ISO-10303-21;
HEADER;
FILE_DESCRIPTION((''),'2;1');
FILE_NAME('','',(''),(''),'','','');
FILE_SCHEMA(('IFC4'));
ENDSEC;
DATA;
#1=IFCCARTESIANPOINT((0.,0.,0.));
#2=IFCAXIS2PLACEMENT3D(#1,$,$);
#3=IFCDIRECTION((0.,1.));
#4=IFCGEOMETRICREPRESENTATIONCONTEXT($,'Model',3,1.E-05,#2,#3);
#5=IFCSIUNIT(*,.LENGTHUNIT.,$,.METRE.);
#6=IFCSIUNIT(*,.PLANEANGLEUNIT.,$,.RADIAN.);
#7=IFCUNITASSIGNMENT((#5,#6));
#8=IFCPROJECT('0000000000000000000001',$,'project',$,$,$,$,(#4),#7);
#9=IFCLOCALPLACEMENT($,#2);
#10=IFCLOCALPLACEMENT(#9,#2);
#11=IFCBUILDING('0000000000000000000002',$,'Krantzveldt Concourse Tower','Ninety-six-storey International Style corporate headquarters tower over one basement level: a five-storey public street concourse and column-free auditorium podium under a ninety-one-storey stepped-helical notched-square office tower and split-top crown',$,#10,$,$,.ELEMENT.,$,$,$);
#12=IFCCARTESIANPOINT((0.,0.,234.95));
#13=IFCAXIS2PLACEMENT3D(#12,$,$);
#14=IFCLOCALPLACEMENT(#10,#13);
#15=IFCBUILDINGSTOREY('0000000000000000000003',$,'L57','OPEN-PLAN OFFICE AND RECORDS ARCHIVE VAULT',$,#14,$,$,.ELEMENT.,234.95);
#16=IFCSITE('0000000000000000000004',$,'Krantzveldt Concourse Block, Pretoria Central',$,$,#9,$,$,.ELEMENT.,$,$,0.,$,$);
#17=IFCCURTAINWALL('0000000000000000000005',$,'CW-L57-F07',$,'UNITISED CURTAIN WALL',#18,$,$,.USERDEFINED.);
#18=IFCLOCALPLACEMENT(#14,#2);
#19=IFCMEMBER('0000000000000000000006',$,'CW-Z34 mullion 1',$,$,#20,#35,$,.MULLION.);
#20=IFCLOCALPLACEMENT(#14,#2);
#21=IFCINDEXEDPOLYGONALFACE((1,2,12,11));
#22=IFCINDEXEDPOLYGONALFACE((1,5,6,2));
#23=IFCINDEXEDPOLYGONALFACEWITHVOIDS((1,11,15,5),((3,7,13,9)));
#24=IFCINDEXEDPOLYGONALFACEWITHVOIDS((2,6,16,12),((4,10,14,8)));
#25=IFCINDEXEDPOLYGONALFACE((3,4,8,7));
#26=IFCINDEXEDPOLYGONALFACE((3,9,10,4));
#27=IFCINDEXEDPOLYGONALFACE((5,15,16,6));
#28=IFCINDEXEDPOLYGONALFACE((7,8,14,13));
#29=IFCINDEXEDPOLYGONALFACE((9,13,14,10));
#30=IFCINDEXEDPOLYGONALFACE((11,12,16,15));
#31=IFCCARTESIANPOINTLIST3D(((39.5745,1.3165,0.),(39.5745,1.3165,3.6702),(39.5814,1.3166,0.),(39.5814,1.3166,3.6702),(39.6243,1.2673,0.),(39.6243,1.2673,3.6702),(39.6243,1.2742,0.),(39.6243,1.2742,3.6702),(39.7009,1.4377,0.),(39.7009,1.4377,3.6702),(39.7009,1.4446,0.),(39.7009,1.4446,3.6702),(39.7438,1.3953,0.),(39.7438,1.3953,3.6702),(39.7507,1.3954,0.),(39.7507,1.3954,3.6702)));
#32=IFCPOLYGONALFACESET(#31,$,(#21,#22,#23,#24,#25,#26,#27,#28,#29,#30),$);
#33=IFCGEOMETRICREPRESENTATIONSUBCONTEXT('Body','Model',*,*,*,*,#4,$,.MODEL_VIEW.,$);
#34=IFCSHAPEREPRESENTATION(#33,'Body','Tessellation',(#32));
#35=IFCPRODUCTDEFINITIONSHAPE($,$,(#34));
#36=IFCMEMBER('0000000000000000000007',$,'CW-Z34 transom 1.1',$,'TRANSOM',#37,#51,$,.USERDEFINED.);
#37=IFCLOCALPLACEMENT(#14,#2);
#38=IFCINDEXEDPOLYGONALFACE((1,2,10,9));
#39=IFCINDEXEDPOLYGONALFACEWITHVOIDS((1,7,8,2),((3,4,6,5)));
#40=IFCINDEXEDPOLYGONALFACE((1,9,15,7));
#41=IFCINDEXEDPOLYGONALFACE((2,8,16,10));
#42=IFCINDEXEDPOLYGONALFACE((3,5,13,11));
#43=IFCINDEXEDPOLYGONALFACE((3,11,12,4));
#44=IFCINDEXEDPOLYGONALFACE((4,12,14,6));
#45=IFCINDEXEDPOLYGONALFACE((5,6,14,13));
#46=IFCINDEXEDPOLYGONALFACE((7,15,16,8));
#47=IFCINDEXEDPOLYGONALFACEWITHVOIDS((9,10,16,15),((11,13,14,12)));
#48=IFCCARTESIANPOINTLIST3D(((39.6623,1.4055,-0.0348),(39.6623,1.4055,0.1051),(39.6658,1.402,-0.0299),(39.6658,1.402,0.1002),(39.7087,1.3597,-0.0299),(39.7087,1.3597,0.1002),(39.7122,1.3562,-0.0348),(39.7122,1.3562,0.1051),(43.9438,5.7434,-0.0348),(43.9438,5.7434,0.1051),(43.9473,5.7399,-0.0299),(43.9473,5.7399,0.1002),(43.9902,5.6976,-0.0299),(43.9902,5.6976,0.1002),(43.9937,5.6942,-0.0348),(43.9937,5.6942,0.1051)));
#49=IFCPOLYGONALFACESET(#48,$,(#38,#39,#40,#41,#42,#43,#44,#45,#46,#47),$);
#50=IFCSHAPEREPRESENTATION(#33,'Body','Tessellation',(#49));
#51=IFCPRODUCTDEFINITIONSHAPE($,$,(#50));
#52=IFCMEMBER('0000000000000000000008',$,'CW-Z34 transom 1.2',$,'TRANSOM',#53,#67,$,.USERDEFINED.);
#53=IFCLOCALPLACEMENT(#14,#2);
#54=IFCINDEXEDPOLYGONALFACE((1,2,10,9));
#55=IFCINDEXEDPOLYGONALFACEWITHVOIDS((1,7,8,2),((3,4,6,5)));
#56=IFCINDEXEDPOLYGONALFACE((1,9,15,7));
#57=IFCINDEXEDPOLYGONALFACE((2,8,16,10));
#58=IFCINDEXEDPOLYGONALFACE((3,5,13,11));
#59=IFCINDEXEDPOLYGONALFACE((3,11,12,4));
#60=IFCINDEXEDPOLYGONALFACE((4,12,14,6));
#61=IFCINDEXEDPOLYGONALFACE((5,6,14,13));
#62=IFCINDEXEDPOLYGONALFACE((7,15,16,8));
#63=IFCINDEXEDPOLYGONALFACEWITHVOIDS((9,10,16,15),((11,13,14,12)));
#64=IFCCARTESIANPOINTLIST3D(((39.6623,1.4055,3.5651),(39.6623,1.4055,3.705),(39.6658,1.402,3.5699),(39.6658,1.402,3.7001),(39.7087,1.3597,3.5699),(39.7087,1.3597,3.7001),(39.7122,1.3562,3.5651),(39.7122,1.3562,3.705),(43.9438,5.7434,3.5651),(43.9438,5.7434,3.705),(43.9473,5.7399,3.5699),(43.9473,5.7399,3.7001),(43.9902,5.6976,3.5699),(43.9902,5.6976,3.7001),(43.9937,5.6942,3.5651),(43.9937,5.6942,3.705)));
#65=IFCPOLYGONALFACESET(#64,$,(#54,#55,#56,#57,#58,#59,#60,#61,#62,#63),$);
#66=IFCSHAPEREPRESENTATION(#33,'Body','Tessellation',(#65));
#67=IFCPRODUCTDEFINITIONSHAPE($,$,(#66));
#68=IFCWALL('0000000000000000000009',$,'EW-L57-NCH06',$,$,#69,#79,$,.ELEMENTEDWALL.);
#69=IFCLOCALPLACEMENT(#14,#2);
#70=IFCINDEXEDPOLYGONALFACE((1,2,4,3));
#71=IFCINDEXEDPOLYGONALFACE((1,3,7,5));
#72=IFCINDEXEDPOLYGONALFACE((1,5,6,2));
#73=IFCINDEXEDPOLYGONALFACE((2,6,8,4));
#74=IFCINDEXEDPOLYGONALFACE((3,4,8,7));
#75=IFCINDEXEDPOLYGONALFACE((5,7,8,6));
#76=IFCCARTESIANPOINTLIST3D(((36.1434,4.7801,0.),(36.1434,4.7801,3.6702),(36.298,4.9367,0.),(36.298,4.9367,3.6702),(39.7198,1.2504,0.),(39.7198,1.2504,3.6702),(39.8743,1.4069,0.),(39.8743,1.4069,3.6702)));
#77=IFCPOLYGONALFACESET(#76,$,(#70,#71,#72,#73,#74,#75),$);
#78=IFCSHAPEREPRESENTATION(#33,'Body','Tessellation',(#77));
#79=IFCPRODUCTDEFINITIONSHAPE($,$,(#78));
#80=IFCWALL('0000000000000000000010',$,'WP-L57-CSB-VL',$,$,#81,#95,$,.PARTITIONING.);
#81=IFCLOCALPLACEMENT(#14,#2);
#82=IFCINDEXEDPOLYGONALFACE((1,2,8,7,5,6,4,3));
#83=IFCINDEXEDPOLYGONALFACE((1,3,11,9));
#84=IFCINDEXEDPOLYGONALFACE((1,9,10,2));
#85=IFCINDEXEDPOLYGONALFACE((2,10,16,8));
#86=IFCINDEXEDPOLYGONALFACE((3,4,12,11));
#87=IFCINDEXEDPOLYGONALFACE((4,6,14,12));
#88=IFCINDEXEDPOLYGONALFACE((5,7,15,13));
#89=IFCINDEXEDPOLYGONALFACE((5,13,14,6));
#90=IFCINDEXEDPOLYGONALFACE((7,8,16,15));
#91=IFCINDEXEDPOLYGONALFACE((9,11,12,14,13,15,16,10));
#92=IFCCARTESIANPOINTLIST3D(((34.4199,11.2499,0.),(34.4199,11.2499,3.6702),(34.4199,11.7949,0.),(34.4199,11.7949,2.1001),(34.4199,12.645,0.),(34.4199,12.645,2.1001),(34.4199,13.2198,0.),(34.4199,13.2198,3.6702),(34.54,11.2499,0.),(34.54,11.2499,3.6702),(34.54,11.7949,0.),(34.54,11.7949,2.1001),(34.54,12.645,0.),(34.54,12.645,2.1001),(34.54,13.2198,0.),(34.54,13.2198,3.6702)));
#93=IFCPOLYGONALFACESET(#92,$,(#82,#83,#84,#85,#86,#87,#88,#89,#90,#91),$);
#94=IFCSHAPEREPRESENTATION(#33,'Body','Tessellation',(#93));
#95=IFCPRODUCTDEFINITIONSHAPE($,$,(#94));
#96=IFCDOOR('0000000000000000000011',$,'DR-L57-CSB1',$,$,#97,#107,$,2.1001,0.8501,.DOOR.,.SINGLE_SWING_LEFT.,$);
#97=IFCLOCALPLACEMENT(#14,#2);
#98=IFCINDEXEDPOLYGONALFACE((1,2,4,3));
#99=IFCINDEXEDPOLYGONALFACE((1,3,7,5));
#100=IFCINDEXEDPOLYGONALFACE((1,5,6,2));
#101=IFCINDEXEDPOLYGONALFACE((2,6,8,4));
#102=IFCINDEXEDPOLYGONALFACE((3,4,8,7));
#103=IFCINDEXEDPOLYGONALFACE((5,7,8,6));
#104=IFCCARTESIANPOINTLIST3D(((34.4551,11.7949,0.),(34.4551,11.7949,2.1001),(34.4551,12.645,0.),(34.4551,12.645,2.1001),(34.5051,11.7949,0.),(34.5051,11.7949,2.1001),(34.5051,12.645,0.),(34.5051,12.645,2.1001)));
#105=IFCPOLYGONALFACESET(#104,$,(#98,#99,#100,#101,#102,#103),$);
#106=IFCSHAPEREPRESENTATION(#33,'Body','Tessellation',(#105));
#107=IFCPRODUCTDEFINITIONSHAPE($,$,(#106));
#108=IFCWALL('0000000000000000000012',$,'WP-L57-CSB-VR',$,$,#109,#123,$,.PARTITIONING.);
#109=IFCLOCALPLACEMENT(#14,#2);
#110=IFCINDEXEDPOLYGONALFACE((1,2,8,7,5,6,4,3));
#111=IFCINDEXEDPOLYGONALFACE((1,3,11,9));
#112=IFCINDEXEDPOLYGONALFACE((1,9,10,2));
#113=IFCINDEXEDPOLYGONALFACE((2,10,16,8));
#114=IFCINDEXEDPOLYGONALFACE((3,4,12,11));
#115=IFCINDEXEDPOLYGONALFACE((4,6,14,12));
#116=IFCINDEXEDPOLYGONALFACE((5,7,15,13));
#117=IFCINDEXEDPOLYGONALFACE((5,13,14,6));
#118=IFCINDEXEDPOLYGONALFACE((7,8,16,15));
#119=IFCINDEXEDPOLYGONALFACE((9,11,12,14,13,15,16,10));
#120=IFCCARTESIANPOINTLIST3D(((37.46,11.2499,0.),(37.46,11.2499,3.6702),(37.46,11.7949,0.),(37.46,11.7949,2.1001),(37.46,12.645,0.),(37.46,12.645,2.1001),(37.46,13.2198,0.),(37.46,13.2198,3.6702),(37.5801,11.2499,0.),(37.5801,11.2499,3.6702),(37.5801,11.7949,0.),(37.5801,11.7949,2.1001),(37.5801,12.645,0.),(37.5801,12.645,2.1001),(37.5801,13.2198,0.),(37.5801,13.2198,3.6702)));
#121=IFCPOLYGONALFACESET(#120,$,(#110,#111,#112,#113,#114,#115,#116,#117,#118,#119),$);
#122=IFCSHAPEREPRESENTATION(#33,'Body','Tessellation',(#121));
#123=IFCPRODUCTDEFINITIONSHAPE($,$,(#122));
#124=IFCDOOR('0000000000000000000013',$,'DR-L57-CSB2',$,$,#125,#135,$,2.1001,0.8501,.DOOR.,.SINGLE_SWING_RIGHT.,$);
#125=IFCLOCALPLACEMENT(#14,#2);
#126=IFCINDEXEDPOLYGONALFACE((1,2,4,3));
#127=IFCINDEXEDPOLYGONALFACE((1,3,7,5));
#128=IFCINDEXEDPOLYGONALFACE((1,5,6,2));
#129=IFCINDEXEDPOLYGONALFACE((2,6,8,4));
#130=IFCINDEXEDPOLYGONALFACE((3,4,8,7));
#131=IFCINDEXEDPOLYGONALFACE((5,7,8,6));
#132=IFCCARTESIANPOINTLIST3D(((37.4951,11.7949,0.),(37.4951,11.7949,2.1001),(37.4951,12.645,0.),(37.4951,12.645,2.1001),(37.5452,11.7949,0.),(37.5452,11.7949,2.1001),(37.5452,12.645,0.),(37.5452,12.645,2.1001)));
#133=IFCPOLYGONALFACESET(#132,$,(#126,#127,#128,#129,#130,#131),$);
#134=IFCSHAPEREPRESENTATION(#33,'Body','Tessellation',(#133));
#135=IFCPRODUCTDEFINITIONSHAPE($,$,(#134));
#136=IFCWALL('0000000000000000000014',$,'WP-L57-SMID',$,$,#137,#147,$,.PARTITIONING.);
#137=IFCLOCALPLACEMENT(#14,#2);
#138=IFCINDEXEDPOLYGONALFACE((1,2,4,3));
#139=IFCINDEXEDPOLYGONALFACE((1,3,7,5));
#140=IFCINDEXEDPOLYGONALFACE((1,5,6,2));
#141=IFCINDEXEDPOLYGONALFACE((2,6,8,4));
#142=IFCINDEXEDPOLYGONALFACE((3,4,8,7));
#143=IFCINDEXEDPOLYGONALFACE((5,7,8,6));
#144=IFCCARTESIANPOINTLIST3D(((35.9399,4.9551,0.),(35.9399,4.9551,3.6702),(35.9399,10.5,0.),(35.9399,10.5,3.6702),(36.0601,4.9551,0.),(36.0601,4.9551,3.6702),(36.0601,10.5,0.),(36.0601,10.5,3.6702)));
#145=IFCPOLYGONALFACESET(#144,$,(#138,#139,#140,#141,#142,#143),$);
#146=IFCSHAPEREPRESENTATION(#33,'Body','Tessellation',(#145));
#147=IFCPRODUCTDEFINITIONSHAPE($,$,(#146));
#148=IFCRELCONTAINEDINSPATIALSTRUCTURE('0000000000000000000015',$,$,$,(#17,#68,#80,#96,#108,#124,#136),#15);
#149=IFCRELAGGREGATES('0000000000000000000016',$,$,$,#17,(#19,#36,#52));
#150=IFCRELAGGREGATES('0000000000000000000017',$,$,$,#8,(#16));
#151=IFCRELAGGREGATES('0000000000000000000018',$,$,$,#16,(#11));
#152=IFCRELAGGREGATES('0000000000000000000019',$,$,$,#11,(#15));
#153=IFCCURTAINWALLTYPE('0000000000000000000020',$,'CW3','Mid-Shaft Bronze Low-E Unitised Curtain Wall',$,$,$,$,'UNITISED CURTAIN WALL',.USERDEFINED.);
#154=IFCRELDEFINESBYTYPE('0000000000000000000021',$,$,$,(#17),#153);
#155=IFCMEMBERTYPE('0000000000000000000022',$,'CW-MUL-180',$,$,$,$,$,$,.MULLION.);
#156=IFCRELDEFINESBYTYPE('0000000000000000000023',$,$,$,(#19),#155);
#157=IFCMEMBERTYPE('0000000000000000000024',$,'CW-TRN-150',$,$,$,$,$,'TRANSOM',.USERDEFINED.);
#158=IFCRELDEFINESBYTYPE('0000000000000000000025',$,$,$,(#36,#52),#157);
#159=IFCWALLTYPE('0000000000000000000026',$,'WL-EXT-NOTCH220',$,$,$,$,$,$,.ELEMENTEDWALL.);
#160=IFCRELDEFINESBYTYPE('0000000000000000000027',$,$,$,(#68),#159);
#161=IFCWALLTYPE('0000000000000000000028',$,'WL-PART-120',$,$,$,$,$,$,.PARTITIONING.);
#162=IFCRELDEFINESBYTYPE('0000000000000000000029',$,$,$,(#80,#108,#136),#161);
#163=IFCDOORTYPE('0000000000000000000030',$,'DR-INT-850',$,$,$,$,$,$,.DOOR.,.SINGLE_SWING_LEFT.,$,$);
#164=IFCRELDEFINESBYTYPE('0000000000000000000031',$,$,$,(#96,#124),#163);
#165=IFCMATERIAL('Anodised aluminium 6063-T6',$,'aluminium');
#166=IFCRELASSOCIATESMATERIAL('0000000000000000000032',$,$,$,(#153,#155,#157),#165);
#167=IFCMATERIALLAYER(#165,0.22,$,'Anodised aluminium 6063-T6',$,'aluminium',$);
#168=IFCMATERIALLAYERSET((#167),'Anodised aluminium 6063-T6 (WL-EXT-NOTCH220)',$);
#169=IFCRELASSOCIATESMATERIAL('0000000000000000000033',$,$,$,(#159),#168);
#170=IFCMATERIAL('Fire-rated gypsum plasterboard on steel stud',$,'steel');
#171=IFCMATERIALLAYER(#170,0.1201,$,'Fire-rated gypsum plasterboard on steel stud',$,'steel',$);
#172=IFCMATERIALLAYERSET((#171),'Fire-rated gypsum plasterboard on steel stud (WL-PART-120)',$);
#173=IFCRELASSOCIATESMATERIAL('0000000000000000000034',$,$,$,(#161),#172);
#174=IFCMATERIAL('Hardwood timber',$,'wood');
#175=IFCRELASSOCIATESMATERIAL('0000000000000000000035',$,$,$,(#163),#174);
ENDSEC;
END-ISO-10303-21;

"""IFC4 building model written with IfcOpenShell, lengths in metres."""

from ifc_helpers import new_model, si_unit, direction, frame, frame_2d, origin, origin_2d, place, context, subcontext, project, spatial, rectangle, hollow_rectangle, extrude, source, transform, mapped, material, layer, layer_set, material_profile, profile_set, type_object, type_shapes, element, fill, aggregate, save


model = new_model("IFC4")

# Units and contexts
model_context = context("Model", 3, precision=1e-05, world=origin(), true_north=direction((0.0, 1.0)))
body_context = subcontext(model_context, "Body", "Model", "MODEL_VIEW")
ifc_project = project(units=[si_unit("LENGTHUNIT", "METRE"), si_unit("PLANEANGLEUNIT", "RADIAN")], contexts=[model_context])

# Site, building, storey
site_placement = place(None, origin())
site = spatial("IfcSite", under=ifc_project, at=site_placement, Name="Krantzveldt Concourse Block, Pretoria Central", CompositionType="ELEMENT", RefElevation=0.0)
building_placement = place(site_placement, origin())
building = spatial("IfcBuilding", under=site, at=building_placement, Name="Krantzveldt Concourse Tower", Description="Ninety-six-storey International Style corporate headquarters tower over one basement level: a five-storey public street concourse and column-free auditorium podium under a ninety-one-storey stepped-helical notched-square office tower and split-top crown", CompositionType="ELEMENT")
storey_placement = place(building_placement, frame((0.0, 0.0, 234.95)))
storey = spatial("IfcBuildingStorey", under=building, at=storey_placement, Name="L57", Description="OPEN-PLAN OFFICE AND RECORDS ARCHIVE VAULT", CompositionType="ELEMENT", Elevation=234.95)

# Curtain wall, members
ifc_material_1 = material(Name="Anodised aluminium 6063-T6", Category="aluminium")
curtain_wall_type = type_object("IfcCurtainWallType", Name="CW3", Description="Mid-Shaft Bronze Low-E Unitised Curtain Wall", ElementType="UNITISED CURTAIN WALL", PredefinedType="USERDEFINED", material=ifc_material_1)
curtain_wall_placement = place(storey_placement, origin())
curtain_wall = element("IfcCurtainWall", 1, at=curtain_wall_placement, inside=storey, type_object=curtain_wall_type, Name="CW-L57-F07", ObjectType="UNITISED CURTAIN WALL", PredefinedType="USERDEFINED")
ifc_material_profile_1 = material_profile(ifc_material_1, hollow_rectangle(XDim=0.0701, YDim=0.1799, WallThickness=0.0049, at=origin_2d()), Name="Anodised aluminium 6063-T6", Category="aluminium")
ifc_profile_set_1 = profile_set([ifc_material_profile_1], Name="Anodised aluminium 6063-T6 - ALU-MULL 180x70x5")
member_type_1 = type_object("IfcMemberType", Name="CW-MUL-180", PredefinedType="MULLION", material=ifc_profile_set_1)
shared_shape_1 = source(origin(), body_context, "Body", "SweptSolid", [
    extrude(hollow_rectangle(XDim=0.0701, YDim=0.1799, WallThickness=0.0049, at=origin_2d()), origin(), (0.0, 0.0, 1.0), 3.6702),
])
type_shapes(member_type_1, [shared_shape_1])
member_1_placement = place(storey_placement, frame((39.6626, 1.356, 0.0), z_axis=(0.0, 0.0, 1.0), x_axis=(-0.71172, 0.702464, 0.0)))
member_1 = element("IfcMember", 2, at=member_1_placement, type_object=member_type_1, Name="CW-Z34 mullion 1", PredefinedType="MULLION", context=body_context, shape_type="MappedRepresentation", body=[
    mapped(shared_shape_1, transform((0.0, 0.0, 0.0), x_axis=(1.0, 0.0, 0.0), y_axis=(0.0, 1.0, 0.0), z_axis=(0.0, 0.0, 1.0), scale=1.0)),
])
ifc_material_profile_2 = material_profile(ifc_material_1, hollow_rectangle(XDim=0.0701, YDim=0.1399, WallThickness=0.0049, at=origin_2d()), Name="Anodised aluminium 6063-T6", Category="aluminium")
ifc_profile_set_2 = profile_set([ifc_material_profile_2], Name="Anodised aluminium 6063-T6 - ALU-TRAN 140x70x5")
member_type_2 = type_object("IfcMemberType", Name="CW-TRN-150", ElementType="TRANSOM", PredefinedType="USERDEFINED", material=ifc_profile_set_2)
shared_shape_2 = source(origin(), body_context, "Body", "SweptSolid", [
    extrude(hollow_rectangle(XDim=0.0701, YDim=0.1399, WallThickness=0.0049, at=origin_2d()), origin(), (0.0, 0.0, 1.0), 6.095),
])
type_shapes(member_type_2, [shared_shape_2])
member_2_placement = place(storey_placement, frame((39.6873, 1.3809, 0.0352), z_axis=(0.702465, 0.711718, 0.0), x_axis=(-0.711718, 0.702465, 0.0)))
member_2 = element("IfcMember", 3, at=member_2_placement, type_object=member_type_2, Name="CW-Z34 transom 1.1", ObjectType="TRANSOM", PredefinedType="USERDEFINED", context=body_context, shape_type="MappedRepresentation", body=[
    mapped(shared_shape_2, transform((0.0, 0.0, 0.0), x_axis=(1.0, 0.0, 0.0), y_axis=(0.0, 1.0, 0.0), z_axis=(0.0, 0.0, 1.0), scale=1.0)),
])
member_3_placement = place(storey_placement, frame((39.6873, 1.3809, 3.635), z_axis=(0.702465, 0.711718, 0.0), x_axis=(-0.711718, 0.702465, 0.0)))
member_3 = element("IfcMember", 4, at=member_3_placement, type_object=member_type_2, Name="CW-Z34 transom 1.2", ObjectType="TRANSOM", PredefinedType="USERDEFINED", context=body_context, shape_type="MappedRepresentation", body=[
    mapped(shared_shape_2, transform((0.0, 0.0, 0.0), x_axis=(1.0, 0.0, 0.0), y_axis=(0.0, 1.0, 0.0), z_axis=(0.0, 0.0, 1.0), scale=1.0)),
])
aggregate(curtain_wall, [member_1, member_2, member_3])

# Wall
ifc_layer_1 = layer(ifc_material_1, 0.22, Name="Anodised aluminium 6063-T6", Category="aluminium")
ifc_layer_set_1 = layer_set([ifc_layer_1], Name="Anodised aluminium 6063-T6 (WL-EXT-NOTCH220)")
wall_type_1 = type_object("IfcWallType", Name="WL-EXT-NOTCH220", PredefinedType="ELEMENTEDWALL", material=ifc_layer_set_1)
wall_1_placement = place(storey_placement, frame((36.2207, 4.8584, 0.0), z_axis=(0.0, 0.0, 1.0), x_axis=(0.711731, -0.702452, 0.0)))
element("IfcWall", 5, at=wall_1_placement, inside=storey, type_object=wall_type_1, Name="EW-L57-NCH06", PredefinedType="ELEMENTEDWALL", context=body_context, shape_type="SweptSolid", body=[
    extrude(rectangle(XDim=5.0249, YDim=0.22, at=frame_2d((2.5125, 0.0))), origin(), (0.0, 0.0, 1.0), 3.6702),
])

# Walls, openings, doors
ifc_material_2 = material(Name="Fire-rated gypsum plasterboard on steel stud", Category="steel")
ifc_layer_2 = layer(ifc_material_2, 0.1201, Name="Fire-rated gypsum plasterboard on steel stud", Category="steel")
ifc_layer_set_2 = layer_set([ifc_layer_2], Name="Fire-rated gypsum plasterboard on steel stud (WL-PART-120)")
wall_type_2 = type_object("IfcWallType", Name="WL-PART-120", PredefinedType="PARTITIONING", material=ifc_layer_set_2)
wall_2_placement = place(storey_placement, frame((34.48, 11.25, 0.0), z_axis=(0.0, 0.0, 1.0), x_axis=(0.0, 1.0, 0.0)))
wall_2 = element("IfcWall", 6, at=wall_2_placement, inside=storey, type_object=wall_type_2, Name="WP-L57-CSB-VL", PredefinedType="PARTITIONING", context=body_context, shape_type="SweptSolid", body=[
    extrude(rectangle(XDim=1.97, YDim=0.1201, at=frame_2d((0.9849, 0.0))), origin(), (0.0, 0.0, 1.0), 3.6702),
])
opening_1_placement = place(wall_2_placement, frame((0.5449, 0.0, 0.0)))
opening_1 = element("IfcOpeningElement", 7, at=opening_1_placement, cuts=wall_2, PredefinedType="OPENING", context=body_context, shape_type="SweptSolid", body=[
    extrude(rectangle(XDim=0.8501, YDim=2.1001, at=frame_2d((0.425, 1.05))), frame((0.0, 0.0701, 0.0), z_axis=(0.0, -1.0, 0.0), x_axis=(1.0, 0.0, 0.0)), (0.0, 0.0, 1.0), 0.1401),
])
ifc_material_3 = material(Name="Hardwood timber", Category="wood")
door_type_1 = type_object("IfcDoorType", Name="DR-INT-850", OperationType="SINGLE_SWING_LEFT", PredefinedType="DOOR", material=ifc_material_3)
door_1_placement = place(opening_1_placement, origin())
door_1 = element("IfcDoor", 8, at=door_1_placement, inside=storey, type_object=door_type_1, Name="DR-L57-CSB1", OperationType="SINGLE_SWING_LEFT", OverallHeight=2.1001, OverallWidth=0.8501, PredefinedType="DOOR", context=body_context, shape_type="SweptSolid", body=[
    extrude(rectangle(XDim=0.8501, YDim=2.1001, at=frame_2d((0.425, 1.05))), frame((0.0, 0.0249, 0.0), z_axis=(0.0, -1.0, 0.0), x_axis=(1.0, 0.0, 0.0)), (0.0, 0.0, 1.0), 0.05),
])
fill(opening_1, door_1)
wall_3_placement = place(storey_placement, frame((37.52, 11.25, 0.0), z_axis=(0.0, 0.0, 1.0), x_axis=(0.0, 1.0, 0.0)))
wall_3 = element("IfcWall", 9, at=wall_3_placement, inside=storey, type_object=wall_type_2, Name="WP-L57-CSB-VR", PredefinedType="PARTITIONING", context=body_context, shape_type="SweptSolid", body=[
    extrude(rectangle(XDim=1.97, YDim=0.1201, at=frame_2d((0.9849, 0.0))), origin(), (0.0, 0.0, 1.0), 3.6702),
])
opening_2_placement = place(wall_3_placement, frame((0.5449, 0.0, 0.0)))
opening_2 = element("IfcOpeningElement", 10, at=opening_2_placement, cuts=wall_3, PredefinedType="OPENING", context=body_context, shape_type="SweptSolid", body=[
    extrude(rectangle(XDim=0.8501, YDim=2.1001, at=frame_2d((0.425, 1.05))), frame((0.0, 0.0701, 0.0), z_axis=(0.0, -1.0, 0.0), x_axis=(1.0, 0.0, 0.0)), (0.0, 0.0, 1.0), 0.1401),
])
door_2_placement = place(opening_2_placement, origin())
door_2 = element("IfcDoor", 11, at=door_2_placement, inside=storey, type_object=door_type_1, Name="DR-L57-CSB2", OperationType="SINGLE_SWING_RIGHT", OverallHeight=2.1001, OverallWidth=0.8501, PredefinedType="DOOR", context=body_context, shape_type="SweptSolid", body=[
    extrude(rectangle(XDim=0.8501, YDim=2.1001, at=frame_2d((0.425, 1.05))), frame((0.0, 0.0249, 0.0), z_axis=(0.0, -1.0, 0.0), x_axis=(1.0, 0.0, 0.0)), (0.0, 0.0, 1.0), 0.05),
])
fill(opening_2, door_2)

# Wall
wall_4_placement = place(storey_placement, frame((36.0, 4.9551, 0.0), z_axis=(0.0, 0.0, 1.0), x_axis=(0.0, 1.0, 0.0)))
element("IfcWall", 12, at=wall_4_placement, inside=storey, type_object=wall_type_2, Name="WP-L57-SMID", PredefinedType="PARTITIONING", context=body_context, shape_type="SweptSolid", body=[
    extrude(rectangle(XDim=5.5449, YDim=0.1201, at=frame_2d((2.7725, 0.0))), origin(), (0.0, 0.0, 1.0), 3.6702),
])

save(model, "model.ifc")
